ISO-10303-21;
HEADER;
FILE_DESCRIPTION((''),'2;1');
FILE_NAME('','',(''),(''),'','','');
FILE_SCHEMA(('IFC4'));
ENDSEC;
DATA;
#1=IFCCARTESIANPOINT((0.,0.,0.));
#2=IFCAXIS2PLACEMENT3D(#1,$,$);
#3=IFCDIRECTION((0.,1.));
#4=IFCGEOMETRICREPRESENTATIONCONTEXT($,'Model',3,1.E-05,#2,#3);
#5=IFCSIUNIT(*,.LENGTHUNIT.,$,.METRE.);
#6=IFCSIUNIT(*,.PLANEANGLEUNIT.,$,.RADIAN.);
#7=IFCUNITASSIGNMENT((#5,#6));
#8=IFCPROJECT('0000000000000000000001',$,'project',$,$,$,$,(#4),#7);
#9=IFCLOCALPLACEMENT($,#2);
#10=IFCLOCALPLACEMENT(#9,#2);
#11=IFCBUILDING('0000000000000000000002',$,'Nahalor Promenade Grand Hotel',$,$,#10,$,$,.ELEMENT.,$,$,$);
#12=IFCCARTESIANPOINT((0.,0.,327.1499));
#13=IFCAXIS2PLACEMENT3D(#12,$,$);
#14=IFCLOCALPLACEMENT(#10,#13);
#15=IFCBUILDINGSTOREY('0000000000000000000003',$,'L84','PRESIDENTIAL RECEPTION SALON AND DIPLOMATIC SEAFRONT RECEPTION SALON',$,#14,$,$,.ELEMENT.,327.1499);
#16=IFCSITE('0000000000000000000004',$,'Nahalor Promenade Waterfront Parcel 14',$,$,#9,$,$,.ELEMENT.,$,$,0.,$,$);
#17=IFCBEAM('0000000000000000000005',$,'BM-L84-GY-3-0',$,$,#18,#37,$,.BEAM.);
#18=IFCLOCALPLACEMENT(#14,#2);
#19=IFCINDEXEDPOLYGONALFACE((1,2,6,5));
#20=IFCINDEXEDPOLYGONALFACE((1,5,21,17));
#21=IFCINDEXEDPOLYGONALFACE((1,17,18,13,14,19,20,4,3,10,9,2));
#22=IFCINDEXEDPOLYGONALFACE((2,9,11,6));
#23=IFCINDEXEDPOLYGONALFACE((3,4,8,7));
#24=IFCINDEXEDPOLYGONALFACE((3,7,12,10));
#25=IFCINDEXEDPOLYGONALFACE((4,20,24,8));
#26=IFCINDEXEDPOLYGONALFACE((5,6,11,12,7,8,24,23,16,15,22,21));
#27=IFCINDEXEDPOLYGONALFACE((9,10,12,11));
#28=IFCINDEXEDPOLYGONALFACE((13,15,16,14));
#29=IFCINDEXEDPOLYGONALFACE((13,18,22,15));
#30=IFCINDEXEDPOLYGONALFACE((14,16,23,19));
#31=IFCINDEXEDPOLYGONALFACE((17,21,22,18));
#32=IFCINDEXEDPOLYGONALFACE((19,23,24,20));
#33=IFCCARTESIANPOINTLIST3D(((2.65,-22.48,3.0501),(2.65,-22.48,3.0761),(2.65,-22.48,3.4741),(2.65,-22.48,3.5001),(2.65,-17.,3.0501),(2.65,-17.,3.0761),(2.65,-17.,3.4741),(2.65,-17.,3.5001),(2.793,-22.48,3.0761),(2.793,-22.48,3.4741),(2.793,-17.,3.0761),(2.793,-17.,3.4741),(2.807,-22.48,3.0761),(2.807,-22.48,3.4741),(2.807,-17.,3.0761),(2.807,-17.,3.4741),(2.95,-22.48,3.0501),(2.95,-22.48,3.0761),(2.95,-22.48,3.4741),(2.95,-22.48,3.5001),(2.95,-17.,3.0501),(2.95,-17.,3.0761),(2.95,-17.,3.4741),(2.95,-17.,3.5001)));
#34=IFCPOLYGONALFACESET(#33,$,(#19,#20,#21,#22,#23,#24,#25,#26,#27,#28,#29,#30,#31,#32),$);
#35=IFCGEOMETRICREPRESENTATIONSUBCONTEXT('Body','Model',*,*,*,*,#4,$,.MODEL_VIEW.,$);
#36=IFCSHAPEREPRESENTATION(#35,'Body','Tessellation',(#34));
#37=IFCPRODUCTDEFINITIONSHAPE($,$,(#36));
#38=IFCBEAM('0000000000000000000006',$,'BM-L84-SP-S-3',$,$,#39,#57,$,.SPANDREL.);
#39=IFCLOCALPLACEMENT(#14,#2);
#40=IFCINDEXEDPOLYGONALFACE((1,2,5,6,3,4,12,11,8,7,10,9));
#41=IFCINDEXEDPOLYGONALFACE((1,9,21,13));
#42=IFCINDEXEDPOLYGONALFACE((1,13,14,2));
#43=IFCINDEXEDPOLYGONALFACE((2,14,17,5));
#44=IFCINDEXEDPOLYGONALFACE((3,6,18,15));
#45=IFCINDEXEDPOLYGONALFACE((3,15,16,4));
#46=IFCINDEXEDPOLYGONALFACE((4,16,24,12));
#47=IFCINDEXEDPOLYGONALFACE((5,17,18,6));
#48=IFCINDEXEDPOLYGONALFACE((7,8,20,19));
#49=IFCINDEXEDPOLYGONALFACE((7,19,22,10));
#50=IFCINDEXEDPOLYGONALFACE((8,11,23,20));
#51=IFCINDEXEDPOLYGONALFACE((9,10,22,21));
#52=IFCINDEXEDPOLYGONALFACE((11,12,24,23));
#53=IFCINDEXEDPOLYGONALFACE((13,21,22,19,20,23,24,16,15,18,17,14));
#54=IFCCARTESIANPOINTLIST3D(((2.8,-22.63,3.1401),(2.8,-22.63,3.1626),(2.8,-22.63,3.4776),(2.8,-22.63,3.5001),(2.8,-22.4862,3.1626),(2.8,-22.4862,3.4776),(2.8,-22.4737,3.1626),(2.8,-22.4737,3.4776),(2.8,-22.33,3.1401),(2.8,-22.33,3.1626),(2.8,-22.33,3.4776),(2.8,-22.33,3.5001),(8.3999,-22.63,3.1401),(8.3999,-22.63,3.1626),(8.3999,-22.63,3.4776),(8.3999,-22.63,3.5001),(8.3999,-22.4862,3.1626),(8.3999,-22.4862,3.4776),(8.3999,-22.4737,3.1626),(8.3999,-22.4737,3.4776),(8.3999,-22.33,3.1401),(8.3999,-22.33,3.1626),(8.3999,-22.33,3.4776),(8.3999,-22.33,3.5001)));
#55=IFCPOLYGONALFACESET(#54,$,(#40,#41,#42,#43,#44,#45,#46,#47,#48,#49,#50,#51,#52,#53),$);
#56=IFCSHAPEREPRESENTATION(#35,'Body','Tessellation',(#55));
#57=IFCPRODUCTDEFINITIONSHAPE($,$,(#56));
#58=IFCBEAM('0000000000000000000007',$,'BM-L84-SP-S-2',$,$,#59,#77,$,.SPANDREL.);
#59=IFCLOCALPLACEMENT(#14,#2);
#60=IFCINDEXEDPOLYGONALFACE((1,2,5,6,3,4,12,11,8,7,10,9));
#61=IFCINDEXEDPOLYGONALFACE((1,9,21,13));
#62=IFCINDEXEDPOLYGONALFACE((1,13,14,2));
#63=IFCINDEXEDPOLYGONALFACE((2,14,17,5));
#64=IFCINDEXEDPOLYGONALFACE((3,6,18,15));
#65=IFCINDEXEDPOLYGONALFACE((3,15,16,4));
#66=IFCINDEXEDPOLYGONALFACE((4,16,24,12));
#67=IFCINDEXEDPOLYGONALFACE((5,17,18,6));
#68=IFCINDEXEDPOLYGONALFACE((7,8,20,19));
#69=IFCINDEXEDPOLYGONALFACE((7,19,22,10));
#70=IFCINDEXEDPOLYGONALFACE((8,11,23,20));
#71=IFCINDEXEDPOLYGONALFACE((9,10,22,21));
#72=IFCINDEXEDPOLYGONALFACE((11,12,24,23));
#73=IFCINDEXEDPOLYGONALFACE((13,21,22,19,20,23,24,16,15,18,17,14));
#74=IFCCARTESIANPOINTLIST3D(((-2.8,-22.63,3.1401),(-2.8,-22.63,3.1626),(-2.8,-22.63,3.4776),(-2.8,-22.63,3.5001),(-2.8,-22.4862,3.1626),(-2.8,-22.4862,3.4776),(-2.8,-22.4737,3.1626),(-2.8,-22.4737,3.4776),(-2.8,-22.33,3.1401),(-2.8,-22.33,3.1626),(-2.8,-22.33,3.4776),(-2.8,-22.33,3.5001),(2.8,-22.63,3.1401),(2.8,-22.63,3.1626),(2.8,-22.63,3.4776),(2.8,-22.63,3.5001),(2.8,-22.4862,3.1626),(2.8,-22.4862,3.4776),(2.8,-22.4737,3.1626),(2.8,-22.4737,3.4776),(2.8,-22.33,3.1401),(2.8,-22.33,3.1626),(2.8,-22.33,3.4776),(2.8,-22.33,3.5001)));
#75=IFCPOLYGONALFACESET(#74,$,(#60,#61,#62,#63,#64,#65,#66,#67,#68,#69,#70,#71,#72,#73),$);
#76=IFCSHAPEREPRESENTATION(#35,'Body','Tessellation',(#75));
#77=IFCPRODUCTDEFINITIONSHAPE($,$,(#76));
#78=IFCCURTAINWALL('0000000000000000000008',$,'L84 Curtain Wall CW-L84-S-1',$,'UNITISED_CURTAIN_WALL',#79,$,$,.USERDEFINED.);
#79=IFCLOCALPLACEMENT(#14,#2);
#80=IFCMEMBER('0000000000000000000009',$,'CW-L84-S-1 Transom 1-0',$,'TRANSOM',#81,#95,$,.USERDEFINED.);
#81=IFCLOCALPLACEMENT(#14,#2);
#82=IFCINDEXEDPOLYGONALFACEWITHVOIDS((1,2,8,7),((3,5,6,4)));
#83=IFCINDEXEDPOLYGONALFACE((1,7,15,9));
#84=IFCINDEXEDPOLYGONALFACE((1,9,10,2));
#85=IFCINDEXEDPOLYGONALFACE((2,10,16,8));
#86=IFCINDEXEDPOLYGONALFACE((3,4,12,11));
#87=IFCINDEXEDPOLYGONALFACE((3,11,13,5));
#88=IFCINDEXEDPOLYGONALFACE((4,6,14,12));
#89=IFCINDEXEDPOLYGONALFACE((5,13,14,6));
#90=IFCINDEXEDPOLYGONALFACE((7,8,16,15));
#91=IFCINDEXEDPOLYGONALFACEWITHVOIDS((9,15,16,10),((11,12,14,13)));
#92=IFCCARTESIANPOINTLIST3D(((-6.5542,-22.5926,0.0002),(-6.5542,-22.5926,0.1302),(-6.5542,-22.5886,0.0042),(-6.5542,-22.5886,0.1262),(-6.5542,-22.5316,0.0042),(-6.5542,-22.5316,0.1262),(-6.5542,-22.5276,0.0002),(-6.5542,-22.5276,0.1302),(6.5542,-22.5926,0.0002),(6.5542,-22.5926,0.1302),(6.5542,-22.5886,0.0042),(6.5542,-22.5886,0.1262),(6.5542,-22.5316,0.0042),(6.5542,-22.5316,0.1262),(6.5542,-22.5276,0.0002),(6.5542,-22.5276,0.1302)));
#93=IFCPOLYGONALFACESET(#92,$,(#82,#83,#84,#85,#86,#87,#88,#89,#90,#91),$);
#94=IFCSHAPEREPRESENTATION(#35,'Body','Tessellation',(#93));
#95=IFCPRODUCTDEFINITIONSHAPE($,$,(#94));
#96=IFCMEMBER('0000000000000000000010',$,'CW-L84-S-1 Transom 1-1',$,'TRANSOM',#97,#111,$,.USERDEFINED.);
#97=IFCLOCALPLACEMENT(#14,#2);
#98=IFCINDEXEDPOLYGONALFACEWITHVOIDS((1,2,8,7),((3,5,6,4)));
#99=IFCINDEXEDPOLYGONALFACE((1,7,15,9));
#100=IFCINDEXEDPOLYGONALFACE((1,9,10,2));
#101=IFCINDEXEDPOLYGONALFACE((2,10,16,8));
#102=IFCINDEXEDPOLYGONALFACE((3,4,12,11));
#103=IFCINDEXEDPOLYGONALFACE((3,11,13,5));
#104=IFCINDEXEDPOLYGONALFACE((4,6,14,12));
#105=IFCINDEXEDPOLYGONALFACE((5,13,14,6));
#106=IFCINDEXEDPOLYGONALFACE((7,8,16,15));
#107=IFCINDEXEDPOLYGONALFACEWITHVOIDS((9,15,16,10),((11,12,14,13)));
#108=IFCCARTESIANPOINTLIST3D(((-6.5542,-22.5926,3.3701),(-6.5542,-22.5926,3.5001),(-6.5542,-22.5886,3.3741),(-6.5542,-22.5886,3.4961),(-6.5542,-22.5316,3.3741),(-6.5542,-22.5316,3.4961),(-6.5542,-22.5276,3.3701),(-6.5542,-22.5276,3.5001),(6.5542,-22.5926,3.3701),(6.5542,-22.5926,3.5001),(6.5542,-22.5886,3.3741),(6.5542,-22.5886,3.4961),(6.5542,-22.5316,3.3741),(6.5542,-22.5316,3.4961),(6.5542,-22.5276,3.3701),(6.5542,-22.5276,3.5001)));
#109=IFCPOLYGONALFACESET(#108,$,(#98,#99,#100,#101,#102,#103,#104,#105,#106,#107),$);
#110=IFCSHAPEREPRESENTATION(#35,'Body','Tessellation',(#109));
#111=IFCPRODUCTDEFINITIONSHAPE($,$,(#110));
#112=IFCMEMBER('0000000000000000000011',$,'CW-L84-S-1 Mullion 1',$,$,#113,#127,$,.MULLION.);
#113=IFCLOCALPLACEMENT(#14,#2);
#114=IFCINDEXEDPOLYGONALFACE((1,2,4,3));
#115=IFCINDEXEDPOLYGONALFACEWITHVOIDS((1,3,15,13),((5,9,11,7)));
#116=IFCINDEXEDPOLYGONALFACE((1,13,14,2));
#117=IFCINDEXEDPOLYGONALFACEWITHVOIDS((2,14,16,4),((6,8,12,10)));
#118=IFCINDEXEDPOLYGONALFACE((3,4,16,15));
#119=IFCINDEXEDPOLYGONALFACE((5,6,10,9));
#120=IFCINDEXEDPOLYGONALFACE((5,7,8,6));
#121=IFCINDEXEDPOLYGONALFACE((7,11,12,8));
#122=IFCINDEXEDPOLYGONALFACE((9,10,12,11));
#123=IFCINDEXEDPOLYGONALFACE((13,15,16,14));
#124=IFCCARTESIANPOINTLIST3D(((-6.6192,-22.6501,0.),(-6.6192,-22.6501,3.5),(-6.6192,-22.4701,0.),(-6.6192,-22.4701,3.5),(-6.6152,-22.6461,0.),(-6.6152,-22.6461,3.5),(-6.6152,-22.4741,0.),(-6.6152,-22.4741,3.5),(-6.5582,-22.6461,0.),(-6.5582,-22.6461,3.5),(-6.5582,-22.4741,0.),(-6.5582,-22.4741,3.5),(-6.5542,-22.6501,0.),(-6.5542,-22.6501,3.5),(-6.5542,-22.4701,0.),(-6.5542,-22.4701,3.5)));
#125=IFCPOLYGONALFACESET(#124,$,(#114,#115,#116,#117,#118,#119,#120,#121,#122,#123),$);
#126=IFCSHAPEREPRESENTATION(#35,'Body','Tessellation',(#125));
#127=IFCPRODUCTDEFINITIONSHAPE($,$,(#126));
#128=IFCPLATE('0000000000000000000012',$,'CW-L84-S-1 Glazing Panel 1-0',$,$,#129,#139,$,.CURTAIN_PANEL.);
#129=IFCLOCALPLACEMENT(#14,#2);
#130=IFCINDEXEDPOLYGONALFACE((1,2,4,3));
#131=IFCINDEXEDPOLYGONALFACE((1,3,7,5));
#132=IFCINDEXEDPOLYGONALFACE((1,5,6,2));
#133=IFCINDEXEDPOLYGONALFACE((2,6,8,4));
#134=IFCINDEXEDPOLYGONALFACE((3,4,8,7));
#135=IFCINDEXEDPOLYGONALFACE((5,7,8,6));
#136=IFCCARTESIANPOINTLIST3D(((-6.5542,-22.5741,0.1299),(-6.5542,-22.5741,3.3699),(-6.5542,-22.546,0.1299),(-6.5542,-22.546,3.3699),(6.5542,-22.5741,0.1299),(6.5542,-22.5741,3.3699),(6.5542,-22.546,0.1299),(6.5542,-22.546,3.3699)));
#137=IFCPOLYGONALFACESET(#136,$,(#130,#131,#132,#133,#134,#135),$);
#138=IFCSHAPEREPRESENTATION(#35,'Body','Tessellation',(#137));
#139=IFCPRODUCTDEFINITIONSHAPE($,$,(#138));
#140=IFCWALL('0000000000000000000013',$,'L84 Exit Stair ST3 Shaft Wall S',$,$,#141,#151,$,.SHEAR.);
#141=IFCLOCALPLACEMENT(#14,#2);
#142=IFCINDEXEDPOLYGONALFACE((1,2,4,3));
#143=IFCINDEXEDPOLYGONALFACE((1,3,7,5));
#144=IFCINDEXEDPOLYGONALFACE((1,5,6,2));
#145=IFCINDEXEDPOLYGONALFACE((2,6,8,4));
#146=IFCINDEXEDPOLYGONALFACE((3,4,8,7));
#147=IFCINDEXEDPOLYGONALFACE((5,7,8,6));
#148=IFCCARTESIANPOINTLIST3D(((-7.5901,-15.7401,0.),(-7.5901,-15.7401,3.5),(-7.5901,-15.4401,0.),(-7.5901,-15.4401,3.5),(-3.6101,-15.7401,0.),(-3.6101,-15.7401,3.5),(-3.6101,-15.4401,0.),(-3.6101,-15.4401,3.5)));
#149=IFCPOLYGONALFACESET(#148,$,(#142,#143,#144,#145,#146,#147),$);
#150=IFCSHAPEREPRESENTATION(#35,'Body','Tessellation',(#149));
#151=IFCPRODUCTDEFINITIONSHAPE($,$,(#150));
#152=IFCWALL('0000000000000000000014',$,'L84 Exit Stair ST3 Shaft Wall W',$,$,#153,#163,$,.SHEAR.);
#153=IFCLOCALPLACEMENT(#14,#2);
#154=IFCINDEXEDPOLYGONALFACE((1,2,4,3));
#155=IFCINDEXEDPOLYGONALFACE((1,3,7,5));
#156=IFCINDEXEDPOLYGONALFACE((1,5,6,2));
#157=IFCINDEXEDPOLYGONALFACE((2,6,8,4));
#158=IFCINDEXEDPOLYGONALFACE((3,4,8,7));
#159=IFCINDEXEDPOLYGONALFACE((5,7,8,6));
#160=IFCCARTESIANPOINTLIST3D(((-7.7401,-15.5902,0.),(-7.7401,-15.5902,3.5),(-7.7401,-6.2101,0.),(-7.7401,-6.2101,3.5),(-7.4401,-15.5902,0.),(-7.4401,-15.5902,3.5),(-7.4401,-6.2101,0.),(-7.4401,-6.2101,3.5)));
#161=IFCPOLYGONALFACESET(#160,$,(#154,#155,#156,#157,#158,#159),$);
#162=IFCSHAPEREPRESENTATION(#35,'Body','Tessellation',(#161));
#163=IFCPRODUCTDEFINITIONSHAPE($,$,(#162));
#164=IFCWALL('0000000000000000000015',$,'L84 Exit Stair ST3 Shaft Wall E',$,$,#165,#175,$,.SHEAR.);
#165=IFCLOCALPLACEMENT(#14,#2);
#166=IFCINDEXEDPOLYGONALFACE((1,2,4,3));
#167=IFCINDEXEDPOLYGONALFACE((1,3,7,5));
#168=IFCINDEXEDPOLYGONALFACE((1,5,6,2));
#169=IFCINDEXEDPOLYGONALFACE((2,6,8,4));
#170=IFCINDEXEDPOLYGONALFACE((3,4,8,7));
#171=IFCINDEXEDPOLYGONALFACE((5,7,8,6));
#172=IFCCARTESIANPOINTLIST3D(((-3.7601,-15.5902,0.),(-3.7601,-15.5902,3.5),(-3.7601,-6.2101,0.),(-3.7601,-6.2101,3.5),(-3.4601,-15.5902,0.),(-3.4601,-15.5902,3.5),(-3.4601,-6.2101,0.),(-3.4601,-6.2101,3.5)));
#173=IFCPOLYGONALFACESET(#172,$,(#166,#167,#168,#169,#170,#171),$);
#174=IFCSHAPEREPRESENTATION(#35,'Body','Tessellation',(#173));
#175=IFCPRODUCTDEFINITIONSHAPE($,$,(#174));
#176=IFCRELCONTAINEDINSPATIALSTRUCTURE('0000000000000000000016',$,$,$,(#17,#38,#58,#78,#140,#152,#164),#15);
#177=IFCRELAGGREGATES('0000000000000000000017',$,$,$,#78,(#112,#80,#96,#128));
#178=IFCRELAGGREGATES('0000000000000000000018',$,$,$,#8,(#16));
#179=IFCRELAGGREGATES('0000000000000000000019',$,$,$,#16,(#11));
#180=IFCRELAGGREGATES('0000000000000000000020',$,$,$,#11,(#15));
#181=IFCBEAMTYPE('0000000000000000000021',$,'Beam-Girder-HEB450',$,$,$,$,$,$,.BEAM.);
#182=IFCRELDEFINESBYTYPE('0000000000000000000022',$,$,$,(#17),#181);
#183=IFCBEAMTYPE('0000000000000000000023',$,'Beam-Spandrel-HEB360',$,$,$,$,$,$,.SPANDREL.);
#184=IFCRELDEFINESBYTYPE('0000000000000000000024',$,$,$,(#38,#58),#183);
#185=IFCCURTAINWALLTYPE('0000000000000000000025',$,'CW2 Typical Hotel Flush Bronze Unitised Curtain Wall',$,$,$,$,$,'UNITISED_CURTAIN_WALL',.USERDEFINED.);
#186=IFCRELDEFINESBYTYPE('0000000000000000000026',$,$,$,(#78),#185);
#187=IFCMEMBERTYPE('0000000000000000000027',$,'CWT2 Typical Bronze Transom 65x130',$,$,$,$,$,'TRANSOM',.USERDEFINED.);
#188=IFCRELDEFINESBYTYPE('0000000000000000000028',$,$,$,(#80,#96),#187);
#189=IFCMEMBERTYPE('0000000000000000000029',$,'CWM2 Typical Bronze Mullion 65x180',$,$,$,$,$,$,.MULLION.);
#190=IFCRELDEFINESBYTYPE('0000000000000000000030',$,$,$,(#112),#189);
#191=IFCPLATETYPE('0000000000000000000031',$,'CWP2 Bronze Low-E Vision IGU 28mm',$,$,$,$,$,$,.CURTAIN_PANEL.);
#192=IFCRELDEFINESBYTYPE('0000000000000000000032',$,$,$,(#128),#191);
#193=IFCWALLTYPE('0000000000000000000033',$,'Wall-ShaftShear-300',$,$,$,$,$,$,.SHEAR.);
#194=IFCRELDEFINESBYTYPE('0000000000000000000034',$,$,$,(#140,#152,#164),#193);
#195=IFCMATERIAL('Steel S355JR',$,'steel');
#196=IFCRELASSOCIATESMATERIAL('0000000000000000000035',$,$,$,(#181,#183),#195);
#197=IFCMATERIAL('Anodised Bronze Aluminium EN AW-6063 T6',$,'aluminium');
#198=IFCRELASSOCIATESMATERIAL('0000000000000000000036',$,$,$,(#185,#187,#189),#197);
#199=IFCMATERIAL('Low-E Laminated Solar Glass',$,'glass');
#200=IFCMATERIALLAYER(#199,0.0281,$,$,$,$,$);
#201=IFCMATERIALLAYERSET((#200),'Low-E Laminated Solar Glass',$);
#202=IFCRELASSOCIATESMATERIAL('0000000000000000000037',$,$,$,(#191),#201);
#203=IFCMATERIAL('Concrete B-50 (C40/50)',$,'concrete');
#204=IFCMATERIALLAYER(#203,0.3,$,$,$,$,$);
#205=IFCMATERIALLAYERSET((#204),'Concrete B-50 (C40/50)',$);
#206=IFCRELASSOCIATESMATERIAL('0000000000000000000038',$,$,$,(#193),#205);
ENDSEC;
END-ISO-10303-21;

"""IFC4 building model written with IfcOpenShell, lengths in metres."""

from ifc_helpers import new_model, si_unit, direction, frame, frame_2d, origin, origin_2d, place, context, subcontext, project, spatial, rectangle, hollow_rectangle, i_section, extrude, source, transform, mapped, material, layer, layer_set, material_profile, profile_set, type_object, element, aggregate, save


model = new_model("IFC4")

# Units and contexts
model_context = context("Model", 3, precision=1e-05, world=origin(), true_north=direction((0.0, 1.0)))
body_context = subcontext(model_context, "Body", "Model", "MODEL_VIEW")
ifc_project = project(units=[si_unit("LENGTHUNIT", "METRE"), si_unit("PLANEANGLEUNIT", "RADIAN")], contexts=[model_context])

# Site, building, storey
site_placement = place(None, origin())
site = spatial("IfcSite", under=ifc_project, at=site_placement, Name="Nahalor Promenade Waterfront Parcel 14", CompositionType="ELEMENT", RefElevation=0.0)
building_placement = place(site_placement, origin())
building = spatial("IfcBuilding", under=site, at=building_placement, Name="Nahalor Promenade Grand Hotel", CompositionType="ELEMENT")
storey_placement = place(building_placement, frame((0.0, 0.0, 327.1499)))
storey = spatial("IfcBuildingStorey", under=building, at=storey_placement, Name="L84", Description="PRESIDENTIAL RECEPTION SALON AND DIPLOMATIC SEAFRONT RECEPTION SALON", CompositionType="ELEMENT", Elevation=327.1499)

# Shared definitions
ifc_material_1 = material(Name="Concrete B-50 (C40/50)", Category="concrete")
ifc_material_2 = material(Name="Steel S355JR", Category="steel")

# Beams
ifc_material_profile_1 = material_profile(ifc_material_2, i_section(OverallWidth=0.3, OverallDepth=0.45, WebThickness=0.014, FlangeThickness=0.026, at=origin_2d()), Name="HEB 450")
ifc_profile_set_1 = profile_set([ifc_material_profile_1], Name="Steel S355JR")
beam_type_1 = type_object("IfcBeamType", Name="Beam-Girder-HEB450", PredefinedType="BEAM", material=ifc_profile_set_1)
shared_shape_1 = source(origin(), body_context, "Body", "SweptSolid", [
    extrude(i_section(OverallWidth=0.3, OverallDepth=0.45, WebThickness=0.014, FlangeThickness=0.026, at=origin_2d()), origin(), (0.0, 0.0, 1.0), 5.48),
])
for number, where, z_axis, x_axis, name in (
    (1, (2.8, -22.48, 3.2751), (0.0, 1.0, 0.0), (-1.0, 0.0, 0.0), "BM-L84-GY-3-0"),
):
    element("IfcBeam", number, at=place(storey_placement, frame(where, z_axis=z_axis, x_axis=x_axis)), inside=storey, type_object=beam_type_1, Name=name, PredefinedType="BEAM", context=body_context, shape_type="MappedRepresentation", body=[
        mapped(shared_shape_1, transform((0.0, 0.0, 0.0), scale=1.0)),
    ])
ifc_material_profile_2 = material_profile(ifc_material_2, i_section(OverallWidth=0.3, OverallDepth=0.36, WebThickness=0.0125, FlangeThickness=0.0225, at=origin_2d()), Name="HEB 360")
ifc_profile_set_2 = profile_set([ifc_material_profile_2], Name="Steel S355JR")
beam_type_2 = type_object("IfcBeamType", Name="Beam-Spandrel-HEB360", PredefinedType="SPANDREL", material=ifc_profile_set_2)
shared_shape_2 = source(origin(), body_context, "Body", "SweptSolid", [
    extrude(i_section(OverallWidth=0.3, OverallDepth=0.36, WebThickness=0.0125, FlangeThickness=0.0225, at=origin_2d()), origin(), (0.0, 0.0, 1.0), 5.5999),
])
beam_1_placement = place(storey_placement, frame((2.8, -22.48, 3.3201), z_axis=(1.0, 0.0, 0.0), x_axis=(0.0, 1.0, 0.0)))
element("IfcBeam", 2, at=beam_1_placement, inside=storey, type_object=beam_type_2, Name="BM-L84-SP-S-3", PredefinedType="SPANDREL", context=body_context, shape_type="MappedRepresentation", body=[
    mapped(shared_shape_2, transform((0.0, 0.0, 0.0), scale=1.0)),
])
shared_shape_3 = source(origin(), body_context, "Body", "SweptSolid", [
    extrude(i_section(OverallWidth=0.3, OverallDepth=0.36, WebThickness=0.0125, FlangeThickness=0.0225, at=origin_2d()), origin(), (0.0, 0.0, 1.0), 5.6001),
])
beam_2_placement = place(storey_placement, frame((-2.8, -22.48, 3.3201), z_axis=(1.0, 0.0, 0.0), x_axis=(0.0, 1.0, 0.0)))
element("IfcBeam", 3, at=beam_2_placement, inside=storey, type_object=beam_type_2, Name="BM-L84-SP-S-2", PredefinedType="SPANDREL", context=body_context, shape_type="MappedRepresentation", body=[
    mapped(shared_shape_3, transform((0.0, 0.0, 0.0), scale=1.0)),
])

# Curtain wall, members, plate
ifc_material_3 = material(Name="Anodised Bronze Aluminium EN AW-6063 T6", Category="aluminium")
curtain_wall_type = type_object("IfcCurtainWallType", Name="CW2 Typical Hotel Flush Bronze Unitised Curtain Wall", ElementType="UNITISED_CURTAIN_WALL", PredefinedType="USERDEFINED", material=ifc_material_3)
curtain_wall_placement = place(storey_placement, origin())
curtain_wall = element("IfcCurtainWall", 4, at=curtain_wall_placement, inside=storey, type_object=curtain_wall_type, Name="L84 Curtain Wall CW-L84-S-1", ObjectType="UNITISED_CURTAIN_WALL", PredefinedType="USERDEFINED")
ifc_material_profile_3 = material_profile(ifc_material_3, hollow_rectangle(XDim=0.065, YDim=0.13, WallThickness=0.004, at=origin_2d()), Name="CWT 65x130x4")
ifc_profile_set_3 = profile_set([ifc_material_profile_3], Name="Anodised Bronze Aluminium EN AW-6063 T6")
member_type_1 = type_object("IfcMemberType", Name="CWT2 Typical Bronze Transom 65x130", ElementType="TRANSOM", PredefinedType="USERDEFINED", material=ifc_profile_set_3)
shared_shape_4 = source(origin(), body_context, "Body", "SweptSolid", [
    extrude(hollow_rectangle(XDim=0.065, YDim=0.13, WallThickness=0.004, at=origin_2d()), origin(), (0.0, 0.0, 1.0), 13.1084),
])
member_1_placement = place(storey_placement, frame((-6.5542, -22.5601, 0.0652), z_axis=(1.0, 0.0, 0.0), x_axis=(0.0, 1.0, 0.0)))
member_1 = element("IfcMember", 5, at=member_1_placement, type_object=member_type_1, Name="CW-L84-S-1 Transom 1-0", ObjectType="TRANSOM", PredefinedType="USERDEFINED", context=body_context, shape_type="MappedRepresentation", body=[
    mapped(shared_shape_4, transform((0.0, 0.0, 0.0), scale=1.0)),
])
member_2_placement = place(storey_placement, frame((-6.5542, -22.5601, 3.4351), z_axis=(1.0, 0.0, 0.0), x_axis=(0.0, 1.0, 0.0)))
member_2 = element("IfcMember", 6, at=member_2_placement, type_object=member_type_1, Name="CW-L84-S-1 Transom 1-1", ObjectType="TRANSOM", PredefinedType="USERDEFINED", context=body_context, shape_type="MappedRepresentation", body=[
    mapped(shared_shape_4, transform((0.0, 0.0, 0.0), scale=1.0)),
])
ifc_material_profile_4 = material_profile(ifc_material_3, hollow_rectangle(XDim=0.065, YDim=0.18, WallThickness=0.004, at=origin_2d()), Name="CWM 65x180x4")
ifc_profile_set_4 = profile_set([ifc_material_profile_4], Name="Anodised Bronze Aluminium EN AW-6063 T6")
member_type_2 = type_object("IfcMemberType", Name="CWM2 Typical Bronze Mullion 65x180", PredefinedType="MULLION", material=ifc_profile_set_4)
shared_shape_5 = source(origin(), body_context, "Body", "SweptSolid", [
    extrude(hollow_rectangle(XDim=0.065, YDim=0.18, WallThickness=0.004, at=origin_2d()), origin(), (0.0, 0.0, 1.0), 3.5),
])
member_3_placement = place(storey_placement, frame((-6.5867, -22.5601, 0.0), z_axis=(0.0, 0.0, 1.0), x_axis=(1.0, 0.0, 0.0)))
member_3 = element("IfcMember", 7, at=member_3_placement, type_object=member_type_2, Name="CW-L84-S-1 Mullion 1", PredefinedType="MULLION", context=body_context, shape_type="MappedRepresentation", body=[
    mapped(shared_shape_5, transform((0.0, 0.0, 0.0), scale=1.0)),
])
ifc_material_4 = material(Name="Low-E Laminated Solar Glass", Category="glass")
ifc_layer_1 = layer(ifc_material_4, 0.0281)
ifc_layer_set_1 = layer_set([ifc_layer_1], Name="Low-E Laminated Solar Glass")
plate_type = type_object("IfcPlateType", Name="CWP2 Bronze Low-E Vision IGU 28mm", PredefinedType="CURTAIN_PANEL", material=ifc_layer_set_1)
shared_shape_6 = source(origin(), body_context, "Body", "SweptSolid", [
    extrude(rectangle(XDim=13.1084, YDim=0.0281, at=origin_2d()), origin(), (0.0, 0.0, 1.0), 3.24),
])
plate_placement = place(storey_placement, frame((0.0, -22.5601, 0.1299), z_axis=(0.0, 0.0, 1.0), x_axis=(1.0, 0.0, 0.0)))
plate = element("IfcPlate", 8, at=plate_placement, type_object=plate_type, Name="CW-L84-S-1 Glazing Panel 1-0", PredefinedType="CURTAIN_PANEL", context=body_context, shape_type="MappedRepresentation", body=[
    mapped(shared_shape_6, transform((0.0, 0.0, 0.0), scale=1.0)),
])
aggregate(curtain_wall, [member_3, member_1, member_2, plate])

# Walls
ifc_layer_2 = layer(ifc_material_1, 0.3)
ifc_layer_set_2 = layer_set([ifc_layer_2], Name="Concrete B-50 (C40/50)")
wall_type_1 = type_object("IfcWallType", Name="Wall-ShaftShear-300", PredefinedType="SHEAR", material=ifc_layer_set_2)
shared_shape_7 = source(origin(), body_context, "Body", "SweptSolid", [
    extrude(rectangle(XDim=3.98, YDim=0.3, at=frame_2d((1.99, 0.0))), origin(), (0.0, 0.0, 1.0), 3.5),
])
wall_1_placement = place(storey_placement, frame((-7.5901, -15.5901, 0.0), z_axis=(0.0, 0.0, 1.0), x_axis=(1.0, 0.0, 0.0)))
element("IfcWall", 9, at=wall_1_placement, inside=storey, type_object=wall_type_1, Name="L84 Exit Stair ST3 Shaft Wall S", PredefinedType="SHEAR", context=body_context, shape_type="MappedRepresentation", body=[
    mapped(shared_shape_7, transform((0.0, 0.0, 0.0), scale=1.0)),
])
shared_shape_8 = source(origin(), body_context, "Body", "SweptSolid", [
    extrude(rectangle(XDim=9.3801, YDim=0.3, at=frame_2d((4.6899, 0.0))), origin(), (0.0, 0.0, 1.0), 3.5),
])
for number, where, z_axis, x_axis, name in (
    (10, (-7.5901, -15.5901, 0.0), (0.0, 0.0, 1.0), (0.0, 1.0, 0.0), "L84 Exit Stair ST3 Shaft Wall W"),
    (11, (-3.6101, -15.5901, 0.0), (0.0, 0.0, 1.0), (0.0, 1.0, 0.0), "L84 Exit Stair ST3 Shaft Wall E"),
):
    element("IfcWall", number, at=place(storey_placement, frame(where, z_axis=z_axis, x_axis=x_axis)), inside=storey, type_object=wall_type_1, Name=name, PredefinedType="SHEAR", context=body_context, shape_type="MappedRepresentation", body=[
        mapped(shared_shape_8, transform((0.0, 0.0, 0.0), scale=1.0)),
    ])

save(model, "model.ifc")
